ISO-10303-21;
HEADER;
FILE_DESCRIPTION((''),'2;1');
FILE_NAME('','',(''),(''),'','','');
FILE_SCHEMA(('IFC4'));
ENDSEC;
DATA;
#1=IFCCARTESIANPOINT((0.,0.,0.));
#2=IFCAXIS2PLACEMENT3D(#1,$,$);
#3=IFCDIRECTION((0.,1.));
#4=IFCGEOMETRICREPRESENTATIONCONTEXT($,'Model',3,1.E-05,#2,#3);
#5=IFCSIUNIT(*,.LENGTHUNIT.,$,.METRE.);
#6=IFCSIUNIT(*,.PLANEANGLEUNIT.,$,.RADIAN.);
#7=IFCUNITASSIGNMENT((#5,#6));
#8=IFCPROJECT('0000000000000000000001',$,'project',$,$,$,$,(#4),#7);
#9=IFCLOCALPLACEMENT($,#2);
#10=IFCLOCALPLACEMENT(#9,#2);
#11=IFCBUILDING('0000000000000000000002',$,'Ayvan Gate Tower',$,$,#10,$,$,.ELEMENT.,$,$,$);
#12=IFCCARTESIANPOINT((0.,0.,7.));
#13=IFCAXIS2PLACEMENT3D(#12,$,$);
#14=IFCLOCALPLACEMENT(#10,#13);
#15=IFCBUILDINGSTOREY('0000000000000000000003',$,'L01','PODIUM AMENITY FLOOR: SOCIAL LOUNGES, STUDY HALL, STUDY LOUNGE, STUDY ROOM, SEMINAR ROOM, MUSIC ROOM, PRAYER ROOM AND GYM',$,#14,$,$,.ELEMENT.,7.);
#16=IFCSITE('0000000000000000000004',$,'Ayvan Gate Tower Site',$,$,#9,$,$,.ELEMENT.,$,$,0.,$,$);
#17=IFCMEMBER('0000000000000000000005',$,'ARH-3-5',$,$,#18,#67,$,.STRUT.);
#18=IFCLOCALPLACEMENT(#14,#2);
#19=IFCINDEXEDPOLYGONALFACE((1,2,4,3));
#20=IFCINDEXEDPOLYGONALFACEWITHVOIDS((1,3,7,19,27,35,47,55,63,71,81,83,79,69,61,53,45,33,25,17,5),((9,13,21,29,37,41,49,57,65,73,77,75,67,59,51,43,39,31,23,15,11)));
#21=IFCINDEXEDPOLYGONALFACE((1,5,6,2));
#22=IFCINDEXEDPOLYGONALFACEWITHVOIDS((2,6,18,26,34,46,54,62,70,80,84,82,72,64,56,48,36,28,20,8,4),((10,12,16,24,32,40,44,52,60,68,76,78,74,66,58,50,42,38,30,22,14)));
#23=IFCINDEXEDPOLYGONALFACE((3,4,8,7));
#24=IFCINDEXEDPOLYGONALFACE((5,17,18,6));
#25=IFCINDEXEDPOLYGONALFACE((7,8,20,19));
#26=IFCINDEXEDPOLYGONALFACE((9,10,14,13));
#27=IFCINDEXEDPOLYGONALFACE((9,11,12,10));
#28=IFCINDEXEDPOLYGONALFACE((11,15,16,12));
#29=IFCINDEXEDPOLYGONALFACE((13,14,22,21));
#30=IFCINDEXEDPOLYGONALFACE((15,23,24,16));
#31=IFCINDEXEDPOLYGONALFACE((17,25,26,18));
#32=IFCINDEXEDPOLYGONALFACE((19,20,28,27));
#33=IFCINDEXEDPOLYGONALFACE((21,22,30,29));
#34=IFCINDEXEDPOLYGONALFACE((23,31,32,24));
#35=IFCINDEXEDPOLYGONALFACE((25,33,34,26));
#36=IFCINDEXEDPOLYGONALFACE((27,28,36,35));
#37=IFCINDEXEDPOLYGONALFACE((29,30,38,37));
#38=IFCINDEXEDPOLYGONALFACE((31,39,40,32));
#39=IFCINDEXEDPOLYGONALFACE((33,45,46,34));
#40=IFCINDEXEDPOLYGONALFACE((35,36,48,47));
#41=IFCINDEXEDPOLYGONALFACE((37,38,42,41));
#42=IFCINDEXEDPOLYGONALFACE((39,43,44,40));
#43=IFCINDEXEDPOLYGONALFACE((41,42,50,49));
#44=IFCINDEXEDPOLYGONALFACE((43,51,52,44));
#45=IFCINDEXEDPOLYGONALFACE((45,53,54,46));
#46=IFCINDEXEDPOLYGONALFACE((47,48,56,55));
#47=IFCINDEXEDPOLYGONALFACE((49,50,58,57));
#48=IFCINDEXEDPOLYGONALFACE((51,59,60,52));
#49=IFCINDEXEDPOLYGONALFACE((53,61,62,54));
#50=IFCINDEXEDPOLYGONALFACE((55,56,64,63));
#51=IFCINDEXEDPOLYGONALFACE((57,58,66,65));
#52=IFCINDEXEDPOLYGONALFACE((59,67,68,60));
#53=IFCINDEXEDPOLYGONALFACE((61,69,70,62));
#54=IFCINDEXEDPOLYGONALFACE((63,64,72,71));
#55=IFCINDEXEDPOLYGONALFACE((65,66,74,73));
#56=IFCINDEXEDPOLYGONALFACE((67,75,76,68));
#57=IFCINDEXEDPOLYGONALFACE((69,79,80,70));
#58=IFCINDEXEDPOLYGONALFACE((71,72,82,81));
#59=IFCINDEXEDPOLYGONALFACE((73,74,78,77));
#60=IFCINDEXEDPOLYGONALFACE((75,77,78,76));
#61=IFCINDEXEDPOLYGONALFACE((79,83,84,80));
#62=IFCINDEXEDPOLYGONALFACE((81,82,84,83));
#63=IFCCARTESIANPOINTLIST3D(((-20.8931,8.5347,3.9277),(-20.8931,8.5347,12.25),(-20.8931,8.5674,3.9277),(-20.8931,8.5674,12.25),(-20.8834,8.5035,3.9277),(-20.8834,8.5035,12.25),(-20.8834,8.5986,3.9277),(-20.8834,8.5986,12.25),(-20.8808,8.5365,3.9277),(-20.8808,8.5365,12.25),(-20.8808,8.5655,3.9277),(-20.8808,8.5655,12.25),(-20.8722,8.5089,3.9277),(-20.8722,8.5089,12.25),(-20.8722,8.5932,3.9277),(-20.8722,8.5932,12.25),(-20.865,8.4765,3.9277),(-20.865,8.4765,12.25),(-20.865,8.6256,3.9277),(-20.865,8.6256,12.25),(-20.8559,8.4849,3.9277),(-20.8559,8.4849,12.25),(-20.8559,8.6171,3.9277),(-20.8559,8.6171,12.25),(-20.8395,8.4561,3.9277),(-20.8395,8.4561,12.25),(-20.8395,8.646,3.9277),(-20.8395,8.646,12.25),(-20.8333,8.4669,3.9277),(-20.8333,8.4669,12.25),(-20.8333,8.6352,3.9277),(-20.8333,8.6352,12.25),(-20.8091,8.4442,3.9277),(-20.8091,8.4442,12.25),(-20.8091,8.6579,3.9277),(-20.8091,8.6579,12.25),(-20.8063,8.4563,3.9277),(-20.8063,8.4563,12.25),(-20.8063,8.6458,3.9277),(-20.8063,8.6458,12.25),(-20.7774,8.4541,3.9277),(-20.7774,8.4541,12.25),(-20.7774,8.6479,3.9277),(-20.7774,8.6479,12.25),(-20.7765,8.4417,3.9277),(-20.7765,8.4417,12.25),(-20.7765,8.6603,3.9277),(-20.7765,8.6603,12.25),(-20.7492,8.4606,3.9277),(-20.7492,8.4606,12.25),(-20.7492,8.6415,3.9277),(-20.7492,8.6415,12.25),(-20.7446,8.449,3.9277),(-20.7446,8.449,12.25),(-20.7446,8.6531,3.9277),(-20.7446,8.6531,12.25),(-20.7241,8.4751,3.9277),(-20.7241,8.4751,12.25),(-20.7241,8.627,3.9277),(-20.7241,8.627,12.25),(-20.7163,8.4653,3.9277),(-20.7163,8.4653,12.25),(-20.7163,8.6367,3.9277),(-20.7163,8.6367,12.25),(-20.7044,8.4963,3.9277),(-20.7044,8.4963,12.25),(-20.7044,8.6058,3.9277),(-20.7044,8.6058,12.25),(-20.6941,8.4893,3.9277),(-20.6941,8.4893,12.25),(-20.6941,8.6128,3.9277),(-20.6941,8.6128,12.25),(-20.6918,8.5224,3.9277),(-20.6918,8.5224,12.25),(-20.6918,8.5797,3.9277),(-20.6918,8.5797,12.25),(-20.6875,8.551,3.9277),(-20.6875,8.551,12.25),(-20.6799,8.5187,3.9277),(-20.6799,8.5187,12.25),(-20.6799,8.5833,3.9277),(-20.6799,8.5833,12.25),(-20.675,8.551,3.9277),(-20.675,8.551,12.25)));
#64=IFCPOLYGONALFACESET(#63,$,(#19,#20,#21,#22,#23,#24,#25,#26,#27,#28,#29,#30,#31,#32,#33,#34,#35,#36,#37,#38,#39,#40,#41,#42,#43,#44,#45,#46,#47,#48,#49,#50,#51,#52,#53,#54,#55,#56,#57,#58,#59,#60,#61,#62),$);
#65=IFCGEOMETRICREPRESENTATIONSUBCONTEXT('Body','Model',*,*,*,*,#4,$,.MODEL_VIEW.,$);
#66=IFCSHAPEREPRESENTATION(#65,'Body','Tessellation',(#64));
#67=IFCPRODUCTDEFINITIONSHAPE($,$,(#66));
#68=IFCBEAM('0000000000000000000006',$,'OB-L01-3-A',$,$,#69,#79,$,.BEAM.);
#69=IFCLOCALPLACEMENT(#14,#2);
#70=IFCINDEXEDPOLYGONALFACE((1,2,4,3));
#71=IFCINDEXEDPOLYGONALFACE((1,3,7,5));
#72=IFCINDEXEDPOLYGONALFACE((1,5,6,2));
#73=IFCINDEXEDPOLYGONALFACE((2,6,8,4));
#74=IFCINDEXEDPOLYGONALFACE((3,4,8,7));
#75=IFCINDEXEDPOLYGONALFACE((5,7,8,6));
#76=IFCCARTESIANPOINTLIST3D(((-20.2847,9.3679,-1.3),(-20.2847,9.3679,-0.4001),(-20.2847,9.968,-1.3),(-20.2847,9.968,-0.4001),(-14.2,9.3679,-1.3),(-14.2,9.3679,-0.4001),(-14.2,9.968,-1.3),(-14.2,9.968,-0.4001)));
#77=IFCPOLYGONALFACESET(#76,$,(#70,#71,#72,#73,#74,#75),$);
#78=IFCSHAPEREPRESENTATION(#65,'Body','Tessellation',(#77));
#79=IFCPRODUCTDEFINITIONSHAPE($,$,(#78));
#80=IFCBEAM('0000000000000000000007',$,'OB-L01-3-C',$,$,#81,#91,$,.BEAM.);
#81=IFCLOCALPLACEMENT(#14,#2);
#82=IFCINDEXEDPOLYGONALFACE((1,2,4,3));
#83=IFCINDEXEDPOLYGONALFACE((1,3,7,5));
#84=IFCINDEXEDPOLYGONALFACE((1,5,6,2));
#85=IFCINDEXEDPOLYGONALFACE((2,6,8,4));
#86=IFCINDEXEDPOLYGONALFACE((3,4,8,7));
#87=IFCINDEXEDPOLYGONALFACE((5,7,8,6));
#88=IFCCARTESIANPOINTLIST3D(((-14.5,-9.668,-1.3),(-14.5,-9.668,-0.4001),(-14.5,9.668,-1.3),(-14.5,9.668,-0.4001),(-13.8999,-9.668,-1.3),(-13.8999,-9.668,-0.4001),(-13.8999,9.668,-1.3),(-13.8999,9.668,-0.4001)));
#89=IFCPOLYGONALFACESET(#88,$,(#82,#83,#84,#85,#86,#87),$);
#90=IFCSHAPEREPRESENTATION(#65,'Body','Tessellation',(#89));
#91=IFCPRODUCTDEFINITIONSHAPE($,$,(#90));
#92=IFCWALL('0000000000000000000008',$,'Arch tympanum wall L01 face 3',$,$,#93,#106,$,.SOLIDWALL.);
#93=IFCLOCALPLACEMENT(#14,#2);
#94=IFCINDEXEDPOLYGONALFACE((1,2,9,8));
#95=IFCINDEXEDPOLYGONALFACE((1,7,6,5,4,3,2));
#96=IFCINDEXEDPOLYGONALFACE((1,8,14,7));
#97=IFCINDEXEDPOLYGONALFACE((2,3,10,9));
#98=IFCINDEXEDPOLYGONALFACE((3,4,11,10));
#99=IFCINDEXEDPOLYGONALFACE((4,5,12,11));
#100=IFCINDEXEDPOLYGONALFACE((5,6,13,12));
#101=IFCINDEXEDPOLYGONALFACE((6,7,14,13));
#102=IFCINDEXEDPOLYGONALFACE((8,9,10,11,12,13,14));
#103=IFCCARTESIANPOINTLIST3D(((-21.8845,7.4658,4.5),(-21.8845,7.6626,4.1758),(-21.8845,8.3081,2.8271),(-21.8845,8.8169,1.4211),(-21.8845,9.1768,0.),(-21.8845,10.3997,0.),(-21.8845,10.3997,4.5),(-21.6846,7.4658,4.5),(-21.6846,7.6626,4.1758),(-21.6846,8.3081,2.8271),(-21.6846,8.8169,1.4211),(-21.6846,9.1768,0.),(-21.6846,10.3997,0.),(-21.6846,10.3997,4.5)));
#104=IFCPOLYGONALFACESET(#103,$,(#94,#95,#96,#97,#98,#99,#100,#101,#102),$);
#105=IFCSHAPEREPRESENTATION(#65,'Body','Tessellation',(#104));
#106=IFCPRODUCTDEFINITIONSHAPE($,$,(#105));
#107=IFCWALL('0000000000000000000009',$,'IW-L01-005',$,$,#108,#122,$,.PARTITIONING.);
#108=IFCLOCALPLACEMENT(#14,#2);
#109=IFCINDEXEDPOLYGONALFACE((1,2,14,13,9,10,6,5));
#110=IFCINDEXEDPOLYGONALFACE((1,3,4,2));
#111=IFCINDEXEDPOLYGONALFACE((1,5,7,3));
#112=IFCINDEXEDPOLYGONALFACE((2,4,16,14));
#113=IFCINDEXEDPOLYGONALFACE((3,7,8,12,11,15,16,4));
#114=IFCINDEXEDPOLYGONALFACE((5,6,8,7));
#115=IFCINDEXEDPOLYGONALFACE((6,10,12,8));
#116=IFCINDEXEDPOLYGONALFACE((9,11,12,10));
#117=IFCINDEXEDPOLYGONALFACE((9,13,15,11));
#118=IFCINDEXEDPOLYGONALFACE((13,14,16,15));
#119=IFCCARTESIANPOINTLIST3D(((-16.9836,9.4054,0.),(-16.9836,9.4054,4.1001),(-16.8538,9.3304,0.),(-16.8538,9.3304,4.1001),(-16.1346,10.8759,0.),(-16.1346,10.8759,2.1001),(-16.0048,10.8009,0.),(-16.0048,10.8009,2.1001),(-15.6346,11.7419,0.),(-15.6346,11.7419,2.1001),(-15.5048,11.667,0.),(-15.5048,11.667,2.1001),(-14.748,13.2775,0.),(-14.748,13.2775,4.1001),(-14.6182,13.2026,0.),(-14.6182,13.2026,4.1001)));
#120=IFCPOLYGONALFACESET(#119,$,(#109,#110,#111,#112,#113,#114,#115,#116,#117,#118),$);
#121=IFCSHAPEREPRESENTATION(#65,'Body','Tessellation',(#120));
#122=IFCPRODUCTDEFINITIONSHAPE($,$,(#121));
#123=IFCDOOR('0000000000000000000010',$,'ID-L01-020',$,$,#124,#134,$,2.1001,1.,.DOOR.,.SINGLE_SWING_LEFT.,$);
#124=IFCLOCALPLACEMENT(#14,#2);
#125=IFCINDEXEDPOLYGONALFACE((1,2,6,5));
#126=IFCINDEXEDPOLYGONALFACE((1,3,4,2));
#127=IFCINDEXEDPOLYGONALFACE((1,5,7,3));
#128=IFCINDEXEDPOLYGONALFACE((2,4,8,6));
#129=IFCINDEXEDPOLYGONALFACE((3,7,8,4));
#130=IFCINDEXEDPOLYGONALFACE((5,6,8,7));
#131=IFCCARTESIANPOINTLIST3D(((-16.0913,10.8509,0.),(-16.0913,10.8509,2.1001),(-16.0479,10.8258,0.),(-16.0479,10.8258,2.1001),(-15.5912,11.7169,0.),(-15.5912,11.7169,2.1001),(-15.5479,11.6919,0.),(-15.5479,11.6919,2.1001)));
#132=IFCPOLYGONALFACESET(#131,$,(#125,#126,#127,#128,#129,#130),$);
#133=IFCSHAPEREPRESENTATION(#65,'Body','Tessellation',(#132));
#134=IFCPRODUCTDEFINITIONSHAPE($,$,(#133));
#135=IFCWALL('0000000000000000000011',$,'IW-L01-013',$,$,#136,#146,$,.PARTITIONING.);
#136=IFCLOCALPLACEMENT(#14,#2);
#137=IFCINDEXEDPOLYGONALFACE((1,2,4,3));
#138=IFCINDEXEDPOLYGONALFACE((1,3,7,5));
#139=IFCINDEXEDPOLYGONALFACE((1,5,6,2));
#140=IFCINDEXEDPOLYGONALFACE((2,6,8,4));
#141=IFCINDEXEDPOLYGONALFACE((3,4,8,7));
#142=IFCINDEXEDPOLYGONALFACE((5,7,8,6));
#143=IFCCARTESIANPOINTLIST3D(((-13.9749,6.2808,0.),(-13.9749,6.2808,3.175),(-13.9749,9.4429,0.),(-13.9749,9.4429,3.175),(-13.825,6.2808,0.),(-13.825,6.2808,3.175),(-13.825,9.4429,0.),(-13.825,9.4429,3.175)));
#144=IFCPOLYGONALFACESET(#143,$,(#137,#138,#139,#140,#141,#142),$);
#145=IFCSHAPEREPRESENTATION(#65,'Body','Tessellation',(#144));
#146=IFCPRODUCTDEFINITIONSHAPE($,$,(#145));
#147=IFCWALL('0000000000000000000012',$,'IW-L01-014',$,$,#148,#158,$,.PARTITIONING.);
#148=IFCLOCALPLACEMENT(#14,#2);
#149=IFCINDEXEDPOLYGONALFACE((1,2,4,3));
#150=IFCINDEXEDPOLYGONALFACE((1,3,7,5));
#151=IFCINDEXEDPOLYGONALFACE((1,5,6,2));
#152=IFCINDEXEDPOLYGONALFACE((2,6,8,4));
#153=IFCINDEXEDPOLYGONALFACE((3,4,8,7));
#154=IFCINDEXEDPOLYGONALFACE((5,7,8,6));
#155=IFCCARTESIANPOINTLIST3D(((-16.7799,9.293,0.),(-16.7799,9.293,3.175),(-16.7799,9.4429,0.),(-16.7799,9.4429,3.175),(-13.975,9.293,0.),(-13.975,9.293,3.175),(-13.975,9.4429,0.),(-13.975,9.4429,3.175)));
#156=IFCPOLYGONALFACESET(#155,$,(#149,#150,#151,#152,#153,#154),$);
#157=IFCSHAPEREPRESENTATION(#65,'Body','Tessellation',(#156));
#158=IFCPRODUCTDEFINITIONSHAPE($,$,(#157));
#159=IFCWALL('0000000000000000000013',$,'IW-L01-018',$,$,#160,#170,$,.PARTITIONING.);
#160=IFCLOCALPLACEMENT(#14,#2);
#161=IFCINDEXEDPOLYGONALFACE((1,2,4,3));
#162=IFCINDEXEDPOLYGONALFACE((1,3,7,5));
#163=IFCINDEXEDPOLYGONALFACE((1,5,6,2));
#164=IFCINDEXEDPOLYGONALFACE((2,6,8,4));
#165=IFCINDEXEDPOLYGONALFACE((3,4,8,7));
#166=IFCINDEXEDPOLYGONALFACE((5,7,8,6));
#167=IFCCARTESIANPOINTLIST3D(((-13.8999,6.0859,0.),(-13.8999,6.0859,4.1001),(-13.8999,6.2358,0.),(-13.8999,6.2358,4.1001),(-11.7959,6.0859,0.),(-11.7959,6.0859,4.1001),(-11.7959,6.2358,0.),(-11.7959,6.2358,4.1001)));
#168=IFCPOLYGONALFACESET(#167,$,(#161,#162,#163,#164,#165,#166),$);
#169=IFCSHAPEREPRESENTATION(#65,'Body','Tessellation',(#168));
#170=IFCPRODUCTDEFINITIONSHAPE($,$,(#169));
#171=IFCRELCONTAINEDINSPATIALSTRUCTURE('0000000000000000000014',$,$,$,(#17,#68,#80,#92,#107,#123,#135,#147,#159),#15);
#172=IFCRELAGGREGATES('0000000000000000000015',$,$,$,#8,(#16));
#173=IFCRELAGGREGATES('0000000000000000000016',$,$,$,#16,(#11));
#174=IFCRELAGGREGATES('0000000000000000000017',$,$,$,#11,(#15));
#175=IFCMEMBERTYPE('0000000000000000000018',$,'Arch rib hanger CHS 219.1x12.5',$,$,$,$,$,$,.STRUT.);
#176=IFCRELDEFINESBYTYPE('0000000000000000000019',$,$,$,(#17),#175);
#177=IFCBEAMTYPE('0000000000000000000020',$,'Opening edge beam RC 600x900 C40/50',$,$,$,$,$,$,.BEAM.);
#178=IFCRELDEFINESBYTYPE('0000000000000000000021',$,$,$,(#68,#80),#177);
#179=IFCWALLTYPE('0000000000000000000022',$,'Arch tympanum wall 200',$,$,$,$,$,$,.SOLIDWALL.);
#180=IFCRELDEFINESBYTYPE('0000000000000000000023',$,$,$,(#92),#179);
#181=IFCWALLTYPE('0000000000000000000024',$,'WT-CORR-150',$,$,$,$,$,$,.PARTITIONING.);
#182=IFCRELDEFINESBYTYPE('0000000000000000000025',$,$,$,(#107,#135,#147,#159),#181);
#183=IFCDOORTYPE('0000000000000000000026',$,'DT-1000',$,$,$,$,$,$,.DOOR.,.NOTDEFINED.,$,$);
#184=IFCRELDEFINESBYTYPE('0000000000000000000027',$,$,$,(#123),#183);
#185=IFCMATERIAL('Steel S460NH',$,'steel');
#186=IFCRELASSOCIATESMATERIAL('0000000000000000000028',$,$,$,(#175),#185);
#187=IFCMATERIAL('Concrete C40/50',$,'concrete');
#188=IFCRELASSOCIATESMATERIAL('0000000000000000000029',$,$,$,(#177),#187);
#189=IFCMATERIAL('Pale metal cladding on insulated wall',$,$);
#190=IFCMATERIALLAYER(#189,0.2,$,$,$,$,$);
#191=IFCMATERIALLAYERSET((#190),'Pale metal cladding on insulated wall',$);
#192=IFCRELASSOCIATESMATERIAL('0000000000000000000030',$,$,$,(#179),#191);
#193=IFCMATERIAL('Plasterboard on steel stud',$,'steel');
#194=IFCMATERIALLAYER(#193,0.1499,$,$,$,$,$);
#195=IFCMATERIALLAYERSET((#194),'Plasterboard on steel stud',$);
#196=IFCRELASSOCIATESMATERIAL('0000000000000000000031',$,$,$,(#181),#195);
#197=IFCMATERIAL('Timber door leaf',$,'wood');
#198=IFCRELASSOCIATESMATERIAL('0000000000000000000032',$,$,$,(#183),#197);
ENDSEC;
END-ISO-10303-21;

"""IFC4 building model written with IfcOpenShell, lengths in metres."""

from ifc_helpers import new_model, si_unit, direction, frame, frame_2d, origin, origin_2d, place, context, subcontext, project, spatial, polyline, rectangle, hollow_circle, outline, extrude, material, layer, layer_set, material_profile, profile_set, type_object, element, fill, save


model = new_model("IFC4")

# Units and contexts
model_context = context("Model", 3, precision=1e-05, world=origin(), true_north=direction((0.0, 1.0)))
body_context = subcontext(model_context, "Body", "Model", "MODEL_VIEW")
ifc_project = project(units=[si_unit("LENGTHUNIT", "METRE"), si_unit("PLANEANGLEUNIT", "RADIAN")], contexts=[model_context])

# Site, building, storey
site_placement = place(None, origin())
site = spatial("IfcSite", under=ifc_project, at=site_placement, Name="Ayvan Gate Tower Site", CompositionType="ELEMENT", RefElevation=0.0)
building_placement = place(site_placement, origin())
building = spatial("IfcBuilding", under=site, at=building_placement, Name="Ayvan Gate Tower", CompositionType="ELEMENT")
storey_placement = place(building_placement, frame((0.0, 0.0, 7.0)))
storey = spatial("IfcBuildingStorey", under=building, at=storey_placement, Name="L01", Description="PODIUM AMENITY FLOOR: SOCIAL LOUNGES, STUDY HALL, STUDY LOUNGE, STUDY ROOM, SEMINAR ROOM, MUSIC ROOM, PRAYER ROOM AND GYM", CompositionType="ELEMENT", Elevation=7.0)

# Member
ifc_material_1 = material(Name="Steel S460NH", Category="steel")
ifc_material_profile_1 = material_profile(ifc_material_1, hollow_circle(Radius=0.1096, WallThickness=0.0125, at=origin_2d()), Name="CHS 219.1x12.5")
ifc_profile_set_1 = profile_set([ifc_material_profile_1], Name="Steel S460NH")
member_type = type_object("IfcMemberType", Name="Arch rib hanger CHS 219.1x12.5", PredefinedType="STRUT", material=ifc_profile_set_1)
member_1_placement = place(storey_placement, frame((-20.7847, 8.551, 3.9277), z_axis=(0.0, 0.0, 1.0), x_axis=(1.0, 0.0, 0.0)))
element("IfcMember", 1, at=member_1_placement, inside=storey, type_object=member_type, Name="ARH-3-5", PredefinedType="STRUT", context=body_context, shape_type="SweptSolid", body=[
    extrude(hollow_circle(Radius=0.1096, WallThickness=0.0125, at=origin_2d()), origin(), (0.0, 0.0, 1.0), 8.3223),
])

# Beams
ifc_material_2 = material(Name="Concrete C40/50", Category="concrete")
ifc_material_profile_2 = material_profile(ifc_material_2, rectangle(XDim=0.6001, YDim=0.8999, at=origin_2d()), Name="RC 600x900")
ifc_profile_set_2 = profile_set([ifc_material_profile_2], Name="Concrete C40/50")
beam_type_1 = type_object("IfcBeamType", Name="Opening edge beam RC 600x900 C40/50", PredefinedType="BEAM", material=ifc_profile_set_2)
beam_1_placement = place(storey_placement, frame((-20.2847, 9.668, -0.8501), z_axis=(1.0, 0.0, 0.0), x_axis=(0.0, 1.0, 0.0)))
element("IfcBeam", 2, at=beam_1_placement, inside=storey, type_object=beam_type_1, Name="OB-L01-3-A", PredefinedType="BEAM", context=body_context, shape_type="SweptSolid", body=[
    extrude(rectangle(XDim=0.6001, YDim=0.8999, at=origin_2d()), origin(), (0.0, 0.0, 1.0), 6.0847),
])
beam_2_placement = place(storey_placement, frame((-14.2, 9.668, -0.8501), z_axis=(0.0, -1.0, 0.0), x_axis=(1.0, 0.0, 0.0)))
element("IfcBeam", 3, at=beam_2_placement, inside=storey, type_object=beam_type_1, Name="OB-L01-3-C", PredefinedType="BEAM", context=body_context, shape_type="SweptSolid", body=[
    extrude(rectangle(XDim=0.6001, YDim=0.8999, at=origin_2d()), origin(), (0.0, 0.0, 1.0), 19.3359),
])

# Wall
ifc_material_3 = material(Name="Pale metal cladding on insulated wall")
ifc_layer_1 = layer(ifc_material_3, 0.2)
ifc_layer_set_1 = layer_set([ifc_layer_1], Name="Pale metal cladding on insulated wall")
wall_type_1 = type_object("IfcWallType", Name="Arch tympanum wall 200", PredefinedType="SOLIDWALL", material=ifc_layer_set_1)
wall_1_placement = place(storey_placement, frame((-21.6846, 10.3997, 4.5), z_axis=(1.0, 0.0, 0.0), x_axis=(0.0, -1.0, 0.0)))
element("IfcWall", 4, at=wall_1_placement, inside=storey, type_object=wall_type_1, Name="Arch tympanum wall L01 face 3", PredefinedType="SOLIDWALL", context=body_context, shape_type="SweptSolid", body=[
    extrude(outline(polyline([(0.0, 0.0), (2.9338, 0.0), (2.7371, 0.3242), (2.0916, 1.6729), (1.5828, 3.0789), (1.2229, 4.5), (0.0, 4.5), (0.0, 0.0)])), origin(), (0.0, 0.0, -1.0), 0.2),
])

# Wall, opening, door
ifc_material_4 = material(Name="Plasterboard on steel stud", Category="steel")
ifc_layer_2 = layer(ifc_material_4, 0.1499)
ifc_layer_set_2 = layer_set([ifc_layer_2], Name="Plasterboard on steel stud")
wall_type_2 = type_object("IfcWallType", Name="WT-CORR-150", PredefinedType="PARTITIONING", material=ifc_layer_set_2)
wall_2_placement = place(storey_placement, frame((-16.9187, 9.3679, 0.0), z_axis=(0.0, 0.0, 1.0), x_axis=(0.500009, 0.86602, 0.0)))
wall_2 = element("IfcWall", 5, at=wall_2_placement, inside=storey, type_object=wall_type_2, Name="IW-L01-005", PredefinedType="PARTITIONING", context=body_context, shape_type="SweptSolid", body=[
    extrude(rectangle(XDim=4.4712, YDim=0.1499, at=frame_2d((2.2356, 0.0))), origin(), (0.0, 0.0, 1.0), 4.1001),
])
opening_1_placement = place(wall_2_placement, frame((1.698, 0.0, 0.0)))
opening_1 = element("IfcOpeningElement", 6, at=opening_1_placement, cuts=wall_2, PredefinedType="OPENING", context=body_context, shape_type="SweptSolid", body=[
    extrude(rectangle(XDim=1.0, YDim=2.1001, at=frame_2d((0.5, 1.05))), frame((0.0, 0.085, 0.0), z_axis=(0.0, -1.0, 0.0), x_axis=(1.0, 0.0, 0.0)), (0.0, 0.0, 1.0), 0.1699),
])
ifc_material_5 = material(Name="Timber door leaf", Category="wood")
door_type = type_object("IfcDoorType", Name="DT-1000", OperationType="NOTDEFINED", PredefinedType="DOOR", material=ifc_material_5)
door_1_placement = place(opening_1_placement, origin())
door_1 = element("IfcDoor", 7, at=door_1_placement, inside=storey, type_object=door_type, Name="ID-L01-020", OperationType="SINGLE_SWING_LEFT", OverallHeight=2.1001, OverallWidth=1.0, PredefinedType="DOOR", context=body_context, shape_type="SweptSolid", body=[
    extrude(rectangle(XDim=1.0, YDim=2.1001, at=frame_2d((0.5, 1.05))), frame((0.0, 0.0249, 0.0), z_axis=(0.0, -1.0, 0.0), x_axis=(1.0, 0.0, 0.0)), (0.0, 0.0, 1.0), 0.05),
])
fill(opening_1, door_1)

# Walls
wall_3_placement = place(storey_placement, frame((-13.8999, 6.2808, 0.0), z_axis=(0.0, 0.0, 1.0), x_axis=(0.0, 1.0, 0.0)))
element("IfcWall", 8, at=wall_3_placement, inside=storey, type_object=wall_type_2, Name="IW-L01-013", PredefinedType="PARTITIONING", context=body_context, shape_type="SweptSolid", body=[
    extrude(rectangle(XDim=3.1621, YDim=0.1499, at=frame_2d((1.5811, 0.0))), origin(), (0.0, 0.0, 1.0), 3.175),
])
wall_4_placement = place(storey_placement, frame((-13.9751, 9.3679, 0.0), z_axis=(0.0, 0.0, 1.0), x_axis=(-1.0, 0.0, 0.0)))
element("IfcWall", 9, at=wall_4_placement, inside=storey, type_object=wall_type_2, Name="IW-L01-014", PredefinedType="PARTITIONING", context=body_context, shape_type="SweptSolid", body=[
    extrude(rectangle(XDim=2.8049, YDim=0.1499, at=frame_2d((1.4023, 0.0))), origin(), (0.0, 0.0, 1.0), 3.175),
])
wall_5_placement = place(storey_placement, frame((-11.7959, 6.1609, 0.0), z_axis=(0.0, 0.0, 1.0), x_axis=(-1.0, 0.0, 0.0)))
element("IfcWall", 10, at=wall_5_placement, inside=storey, type_object=wall_type_2, Name="IW-L01-018", PredefinedType="PARTITIONING", context=body_context, shape_type="SweptSolid", body=[
    extrude(rectangle(XDim=2.104, YDim=0.1499, at=frame_2d((1.052, 0.0))), origin(), (0.0, 0.0, 1.0), 4.1001),
])

save(model, "model.ifc")
